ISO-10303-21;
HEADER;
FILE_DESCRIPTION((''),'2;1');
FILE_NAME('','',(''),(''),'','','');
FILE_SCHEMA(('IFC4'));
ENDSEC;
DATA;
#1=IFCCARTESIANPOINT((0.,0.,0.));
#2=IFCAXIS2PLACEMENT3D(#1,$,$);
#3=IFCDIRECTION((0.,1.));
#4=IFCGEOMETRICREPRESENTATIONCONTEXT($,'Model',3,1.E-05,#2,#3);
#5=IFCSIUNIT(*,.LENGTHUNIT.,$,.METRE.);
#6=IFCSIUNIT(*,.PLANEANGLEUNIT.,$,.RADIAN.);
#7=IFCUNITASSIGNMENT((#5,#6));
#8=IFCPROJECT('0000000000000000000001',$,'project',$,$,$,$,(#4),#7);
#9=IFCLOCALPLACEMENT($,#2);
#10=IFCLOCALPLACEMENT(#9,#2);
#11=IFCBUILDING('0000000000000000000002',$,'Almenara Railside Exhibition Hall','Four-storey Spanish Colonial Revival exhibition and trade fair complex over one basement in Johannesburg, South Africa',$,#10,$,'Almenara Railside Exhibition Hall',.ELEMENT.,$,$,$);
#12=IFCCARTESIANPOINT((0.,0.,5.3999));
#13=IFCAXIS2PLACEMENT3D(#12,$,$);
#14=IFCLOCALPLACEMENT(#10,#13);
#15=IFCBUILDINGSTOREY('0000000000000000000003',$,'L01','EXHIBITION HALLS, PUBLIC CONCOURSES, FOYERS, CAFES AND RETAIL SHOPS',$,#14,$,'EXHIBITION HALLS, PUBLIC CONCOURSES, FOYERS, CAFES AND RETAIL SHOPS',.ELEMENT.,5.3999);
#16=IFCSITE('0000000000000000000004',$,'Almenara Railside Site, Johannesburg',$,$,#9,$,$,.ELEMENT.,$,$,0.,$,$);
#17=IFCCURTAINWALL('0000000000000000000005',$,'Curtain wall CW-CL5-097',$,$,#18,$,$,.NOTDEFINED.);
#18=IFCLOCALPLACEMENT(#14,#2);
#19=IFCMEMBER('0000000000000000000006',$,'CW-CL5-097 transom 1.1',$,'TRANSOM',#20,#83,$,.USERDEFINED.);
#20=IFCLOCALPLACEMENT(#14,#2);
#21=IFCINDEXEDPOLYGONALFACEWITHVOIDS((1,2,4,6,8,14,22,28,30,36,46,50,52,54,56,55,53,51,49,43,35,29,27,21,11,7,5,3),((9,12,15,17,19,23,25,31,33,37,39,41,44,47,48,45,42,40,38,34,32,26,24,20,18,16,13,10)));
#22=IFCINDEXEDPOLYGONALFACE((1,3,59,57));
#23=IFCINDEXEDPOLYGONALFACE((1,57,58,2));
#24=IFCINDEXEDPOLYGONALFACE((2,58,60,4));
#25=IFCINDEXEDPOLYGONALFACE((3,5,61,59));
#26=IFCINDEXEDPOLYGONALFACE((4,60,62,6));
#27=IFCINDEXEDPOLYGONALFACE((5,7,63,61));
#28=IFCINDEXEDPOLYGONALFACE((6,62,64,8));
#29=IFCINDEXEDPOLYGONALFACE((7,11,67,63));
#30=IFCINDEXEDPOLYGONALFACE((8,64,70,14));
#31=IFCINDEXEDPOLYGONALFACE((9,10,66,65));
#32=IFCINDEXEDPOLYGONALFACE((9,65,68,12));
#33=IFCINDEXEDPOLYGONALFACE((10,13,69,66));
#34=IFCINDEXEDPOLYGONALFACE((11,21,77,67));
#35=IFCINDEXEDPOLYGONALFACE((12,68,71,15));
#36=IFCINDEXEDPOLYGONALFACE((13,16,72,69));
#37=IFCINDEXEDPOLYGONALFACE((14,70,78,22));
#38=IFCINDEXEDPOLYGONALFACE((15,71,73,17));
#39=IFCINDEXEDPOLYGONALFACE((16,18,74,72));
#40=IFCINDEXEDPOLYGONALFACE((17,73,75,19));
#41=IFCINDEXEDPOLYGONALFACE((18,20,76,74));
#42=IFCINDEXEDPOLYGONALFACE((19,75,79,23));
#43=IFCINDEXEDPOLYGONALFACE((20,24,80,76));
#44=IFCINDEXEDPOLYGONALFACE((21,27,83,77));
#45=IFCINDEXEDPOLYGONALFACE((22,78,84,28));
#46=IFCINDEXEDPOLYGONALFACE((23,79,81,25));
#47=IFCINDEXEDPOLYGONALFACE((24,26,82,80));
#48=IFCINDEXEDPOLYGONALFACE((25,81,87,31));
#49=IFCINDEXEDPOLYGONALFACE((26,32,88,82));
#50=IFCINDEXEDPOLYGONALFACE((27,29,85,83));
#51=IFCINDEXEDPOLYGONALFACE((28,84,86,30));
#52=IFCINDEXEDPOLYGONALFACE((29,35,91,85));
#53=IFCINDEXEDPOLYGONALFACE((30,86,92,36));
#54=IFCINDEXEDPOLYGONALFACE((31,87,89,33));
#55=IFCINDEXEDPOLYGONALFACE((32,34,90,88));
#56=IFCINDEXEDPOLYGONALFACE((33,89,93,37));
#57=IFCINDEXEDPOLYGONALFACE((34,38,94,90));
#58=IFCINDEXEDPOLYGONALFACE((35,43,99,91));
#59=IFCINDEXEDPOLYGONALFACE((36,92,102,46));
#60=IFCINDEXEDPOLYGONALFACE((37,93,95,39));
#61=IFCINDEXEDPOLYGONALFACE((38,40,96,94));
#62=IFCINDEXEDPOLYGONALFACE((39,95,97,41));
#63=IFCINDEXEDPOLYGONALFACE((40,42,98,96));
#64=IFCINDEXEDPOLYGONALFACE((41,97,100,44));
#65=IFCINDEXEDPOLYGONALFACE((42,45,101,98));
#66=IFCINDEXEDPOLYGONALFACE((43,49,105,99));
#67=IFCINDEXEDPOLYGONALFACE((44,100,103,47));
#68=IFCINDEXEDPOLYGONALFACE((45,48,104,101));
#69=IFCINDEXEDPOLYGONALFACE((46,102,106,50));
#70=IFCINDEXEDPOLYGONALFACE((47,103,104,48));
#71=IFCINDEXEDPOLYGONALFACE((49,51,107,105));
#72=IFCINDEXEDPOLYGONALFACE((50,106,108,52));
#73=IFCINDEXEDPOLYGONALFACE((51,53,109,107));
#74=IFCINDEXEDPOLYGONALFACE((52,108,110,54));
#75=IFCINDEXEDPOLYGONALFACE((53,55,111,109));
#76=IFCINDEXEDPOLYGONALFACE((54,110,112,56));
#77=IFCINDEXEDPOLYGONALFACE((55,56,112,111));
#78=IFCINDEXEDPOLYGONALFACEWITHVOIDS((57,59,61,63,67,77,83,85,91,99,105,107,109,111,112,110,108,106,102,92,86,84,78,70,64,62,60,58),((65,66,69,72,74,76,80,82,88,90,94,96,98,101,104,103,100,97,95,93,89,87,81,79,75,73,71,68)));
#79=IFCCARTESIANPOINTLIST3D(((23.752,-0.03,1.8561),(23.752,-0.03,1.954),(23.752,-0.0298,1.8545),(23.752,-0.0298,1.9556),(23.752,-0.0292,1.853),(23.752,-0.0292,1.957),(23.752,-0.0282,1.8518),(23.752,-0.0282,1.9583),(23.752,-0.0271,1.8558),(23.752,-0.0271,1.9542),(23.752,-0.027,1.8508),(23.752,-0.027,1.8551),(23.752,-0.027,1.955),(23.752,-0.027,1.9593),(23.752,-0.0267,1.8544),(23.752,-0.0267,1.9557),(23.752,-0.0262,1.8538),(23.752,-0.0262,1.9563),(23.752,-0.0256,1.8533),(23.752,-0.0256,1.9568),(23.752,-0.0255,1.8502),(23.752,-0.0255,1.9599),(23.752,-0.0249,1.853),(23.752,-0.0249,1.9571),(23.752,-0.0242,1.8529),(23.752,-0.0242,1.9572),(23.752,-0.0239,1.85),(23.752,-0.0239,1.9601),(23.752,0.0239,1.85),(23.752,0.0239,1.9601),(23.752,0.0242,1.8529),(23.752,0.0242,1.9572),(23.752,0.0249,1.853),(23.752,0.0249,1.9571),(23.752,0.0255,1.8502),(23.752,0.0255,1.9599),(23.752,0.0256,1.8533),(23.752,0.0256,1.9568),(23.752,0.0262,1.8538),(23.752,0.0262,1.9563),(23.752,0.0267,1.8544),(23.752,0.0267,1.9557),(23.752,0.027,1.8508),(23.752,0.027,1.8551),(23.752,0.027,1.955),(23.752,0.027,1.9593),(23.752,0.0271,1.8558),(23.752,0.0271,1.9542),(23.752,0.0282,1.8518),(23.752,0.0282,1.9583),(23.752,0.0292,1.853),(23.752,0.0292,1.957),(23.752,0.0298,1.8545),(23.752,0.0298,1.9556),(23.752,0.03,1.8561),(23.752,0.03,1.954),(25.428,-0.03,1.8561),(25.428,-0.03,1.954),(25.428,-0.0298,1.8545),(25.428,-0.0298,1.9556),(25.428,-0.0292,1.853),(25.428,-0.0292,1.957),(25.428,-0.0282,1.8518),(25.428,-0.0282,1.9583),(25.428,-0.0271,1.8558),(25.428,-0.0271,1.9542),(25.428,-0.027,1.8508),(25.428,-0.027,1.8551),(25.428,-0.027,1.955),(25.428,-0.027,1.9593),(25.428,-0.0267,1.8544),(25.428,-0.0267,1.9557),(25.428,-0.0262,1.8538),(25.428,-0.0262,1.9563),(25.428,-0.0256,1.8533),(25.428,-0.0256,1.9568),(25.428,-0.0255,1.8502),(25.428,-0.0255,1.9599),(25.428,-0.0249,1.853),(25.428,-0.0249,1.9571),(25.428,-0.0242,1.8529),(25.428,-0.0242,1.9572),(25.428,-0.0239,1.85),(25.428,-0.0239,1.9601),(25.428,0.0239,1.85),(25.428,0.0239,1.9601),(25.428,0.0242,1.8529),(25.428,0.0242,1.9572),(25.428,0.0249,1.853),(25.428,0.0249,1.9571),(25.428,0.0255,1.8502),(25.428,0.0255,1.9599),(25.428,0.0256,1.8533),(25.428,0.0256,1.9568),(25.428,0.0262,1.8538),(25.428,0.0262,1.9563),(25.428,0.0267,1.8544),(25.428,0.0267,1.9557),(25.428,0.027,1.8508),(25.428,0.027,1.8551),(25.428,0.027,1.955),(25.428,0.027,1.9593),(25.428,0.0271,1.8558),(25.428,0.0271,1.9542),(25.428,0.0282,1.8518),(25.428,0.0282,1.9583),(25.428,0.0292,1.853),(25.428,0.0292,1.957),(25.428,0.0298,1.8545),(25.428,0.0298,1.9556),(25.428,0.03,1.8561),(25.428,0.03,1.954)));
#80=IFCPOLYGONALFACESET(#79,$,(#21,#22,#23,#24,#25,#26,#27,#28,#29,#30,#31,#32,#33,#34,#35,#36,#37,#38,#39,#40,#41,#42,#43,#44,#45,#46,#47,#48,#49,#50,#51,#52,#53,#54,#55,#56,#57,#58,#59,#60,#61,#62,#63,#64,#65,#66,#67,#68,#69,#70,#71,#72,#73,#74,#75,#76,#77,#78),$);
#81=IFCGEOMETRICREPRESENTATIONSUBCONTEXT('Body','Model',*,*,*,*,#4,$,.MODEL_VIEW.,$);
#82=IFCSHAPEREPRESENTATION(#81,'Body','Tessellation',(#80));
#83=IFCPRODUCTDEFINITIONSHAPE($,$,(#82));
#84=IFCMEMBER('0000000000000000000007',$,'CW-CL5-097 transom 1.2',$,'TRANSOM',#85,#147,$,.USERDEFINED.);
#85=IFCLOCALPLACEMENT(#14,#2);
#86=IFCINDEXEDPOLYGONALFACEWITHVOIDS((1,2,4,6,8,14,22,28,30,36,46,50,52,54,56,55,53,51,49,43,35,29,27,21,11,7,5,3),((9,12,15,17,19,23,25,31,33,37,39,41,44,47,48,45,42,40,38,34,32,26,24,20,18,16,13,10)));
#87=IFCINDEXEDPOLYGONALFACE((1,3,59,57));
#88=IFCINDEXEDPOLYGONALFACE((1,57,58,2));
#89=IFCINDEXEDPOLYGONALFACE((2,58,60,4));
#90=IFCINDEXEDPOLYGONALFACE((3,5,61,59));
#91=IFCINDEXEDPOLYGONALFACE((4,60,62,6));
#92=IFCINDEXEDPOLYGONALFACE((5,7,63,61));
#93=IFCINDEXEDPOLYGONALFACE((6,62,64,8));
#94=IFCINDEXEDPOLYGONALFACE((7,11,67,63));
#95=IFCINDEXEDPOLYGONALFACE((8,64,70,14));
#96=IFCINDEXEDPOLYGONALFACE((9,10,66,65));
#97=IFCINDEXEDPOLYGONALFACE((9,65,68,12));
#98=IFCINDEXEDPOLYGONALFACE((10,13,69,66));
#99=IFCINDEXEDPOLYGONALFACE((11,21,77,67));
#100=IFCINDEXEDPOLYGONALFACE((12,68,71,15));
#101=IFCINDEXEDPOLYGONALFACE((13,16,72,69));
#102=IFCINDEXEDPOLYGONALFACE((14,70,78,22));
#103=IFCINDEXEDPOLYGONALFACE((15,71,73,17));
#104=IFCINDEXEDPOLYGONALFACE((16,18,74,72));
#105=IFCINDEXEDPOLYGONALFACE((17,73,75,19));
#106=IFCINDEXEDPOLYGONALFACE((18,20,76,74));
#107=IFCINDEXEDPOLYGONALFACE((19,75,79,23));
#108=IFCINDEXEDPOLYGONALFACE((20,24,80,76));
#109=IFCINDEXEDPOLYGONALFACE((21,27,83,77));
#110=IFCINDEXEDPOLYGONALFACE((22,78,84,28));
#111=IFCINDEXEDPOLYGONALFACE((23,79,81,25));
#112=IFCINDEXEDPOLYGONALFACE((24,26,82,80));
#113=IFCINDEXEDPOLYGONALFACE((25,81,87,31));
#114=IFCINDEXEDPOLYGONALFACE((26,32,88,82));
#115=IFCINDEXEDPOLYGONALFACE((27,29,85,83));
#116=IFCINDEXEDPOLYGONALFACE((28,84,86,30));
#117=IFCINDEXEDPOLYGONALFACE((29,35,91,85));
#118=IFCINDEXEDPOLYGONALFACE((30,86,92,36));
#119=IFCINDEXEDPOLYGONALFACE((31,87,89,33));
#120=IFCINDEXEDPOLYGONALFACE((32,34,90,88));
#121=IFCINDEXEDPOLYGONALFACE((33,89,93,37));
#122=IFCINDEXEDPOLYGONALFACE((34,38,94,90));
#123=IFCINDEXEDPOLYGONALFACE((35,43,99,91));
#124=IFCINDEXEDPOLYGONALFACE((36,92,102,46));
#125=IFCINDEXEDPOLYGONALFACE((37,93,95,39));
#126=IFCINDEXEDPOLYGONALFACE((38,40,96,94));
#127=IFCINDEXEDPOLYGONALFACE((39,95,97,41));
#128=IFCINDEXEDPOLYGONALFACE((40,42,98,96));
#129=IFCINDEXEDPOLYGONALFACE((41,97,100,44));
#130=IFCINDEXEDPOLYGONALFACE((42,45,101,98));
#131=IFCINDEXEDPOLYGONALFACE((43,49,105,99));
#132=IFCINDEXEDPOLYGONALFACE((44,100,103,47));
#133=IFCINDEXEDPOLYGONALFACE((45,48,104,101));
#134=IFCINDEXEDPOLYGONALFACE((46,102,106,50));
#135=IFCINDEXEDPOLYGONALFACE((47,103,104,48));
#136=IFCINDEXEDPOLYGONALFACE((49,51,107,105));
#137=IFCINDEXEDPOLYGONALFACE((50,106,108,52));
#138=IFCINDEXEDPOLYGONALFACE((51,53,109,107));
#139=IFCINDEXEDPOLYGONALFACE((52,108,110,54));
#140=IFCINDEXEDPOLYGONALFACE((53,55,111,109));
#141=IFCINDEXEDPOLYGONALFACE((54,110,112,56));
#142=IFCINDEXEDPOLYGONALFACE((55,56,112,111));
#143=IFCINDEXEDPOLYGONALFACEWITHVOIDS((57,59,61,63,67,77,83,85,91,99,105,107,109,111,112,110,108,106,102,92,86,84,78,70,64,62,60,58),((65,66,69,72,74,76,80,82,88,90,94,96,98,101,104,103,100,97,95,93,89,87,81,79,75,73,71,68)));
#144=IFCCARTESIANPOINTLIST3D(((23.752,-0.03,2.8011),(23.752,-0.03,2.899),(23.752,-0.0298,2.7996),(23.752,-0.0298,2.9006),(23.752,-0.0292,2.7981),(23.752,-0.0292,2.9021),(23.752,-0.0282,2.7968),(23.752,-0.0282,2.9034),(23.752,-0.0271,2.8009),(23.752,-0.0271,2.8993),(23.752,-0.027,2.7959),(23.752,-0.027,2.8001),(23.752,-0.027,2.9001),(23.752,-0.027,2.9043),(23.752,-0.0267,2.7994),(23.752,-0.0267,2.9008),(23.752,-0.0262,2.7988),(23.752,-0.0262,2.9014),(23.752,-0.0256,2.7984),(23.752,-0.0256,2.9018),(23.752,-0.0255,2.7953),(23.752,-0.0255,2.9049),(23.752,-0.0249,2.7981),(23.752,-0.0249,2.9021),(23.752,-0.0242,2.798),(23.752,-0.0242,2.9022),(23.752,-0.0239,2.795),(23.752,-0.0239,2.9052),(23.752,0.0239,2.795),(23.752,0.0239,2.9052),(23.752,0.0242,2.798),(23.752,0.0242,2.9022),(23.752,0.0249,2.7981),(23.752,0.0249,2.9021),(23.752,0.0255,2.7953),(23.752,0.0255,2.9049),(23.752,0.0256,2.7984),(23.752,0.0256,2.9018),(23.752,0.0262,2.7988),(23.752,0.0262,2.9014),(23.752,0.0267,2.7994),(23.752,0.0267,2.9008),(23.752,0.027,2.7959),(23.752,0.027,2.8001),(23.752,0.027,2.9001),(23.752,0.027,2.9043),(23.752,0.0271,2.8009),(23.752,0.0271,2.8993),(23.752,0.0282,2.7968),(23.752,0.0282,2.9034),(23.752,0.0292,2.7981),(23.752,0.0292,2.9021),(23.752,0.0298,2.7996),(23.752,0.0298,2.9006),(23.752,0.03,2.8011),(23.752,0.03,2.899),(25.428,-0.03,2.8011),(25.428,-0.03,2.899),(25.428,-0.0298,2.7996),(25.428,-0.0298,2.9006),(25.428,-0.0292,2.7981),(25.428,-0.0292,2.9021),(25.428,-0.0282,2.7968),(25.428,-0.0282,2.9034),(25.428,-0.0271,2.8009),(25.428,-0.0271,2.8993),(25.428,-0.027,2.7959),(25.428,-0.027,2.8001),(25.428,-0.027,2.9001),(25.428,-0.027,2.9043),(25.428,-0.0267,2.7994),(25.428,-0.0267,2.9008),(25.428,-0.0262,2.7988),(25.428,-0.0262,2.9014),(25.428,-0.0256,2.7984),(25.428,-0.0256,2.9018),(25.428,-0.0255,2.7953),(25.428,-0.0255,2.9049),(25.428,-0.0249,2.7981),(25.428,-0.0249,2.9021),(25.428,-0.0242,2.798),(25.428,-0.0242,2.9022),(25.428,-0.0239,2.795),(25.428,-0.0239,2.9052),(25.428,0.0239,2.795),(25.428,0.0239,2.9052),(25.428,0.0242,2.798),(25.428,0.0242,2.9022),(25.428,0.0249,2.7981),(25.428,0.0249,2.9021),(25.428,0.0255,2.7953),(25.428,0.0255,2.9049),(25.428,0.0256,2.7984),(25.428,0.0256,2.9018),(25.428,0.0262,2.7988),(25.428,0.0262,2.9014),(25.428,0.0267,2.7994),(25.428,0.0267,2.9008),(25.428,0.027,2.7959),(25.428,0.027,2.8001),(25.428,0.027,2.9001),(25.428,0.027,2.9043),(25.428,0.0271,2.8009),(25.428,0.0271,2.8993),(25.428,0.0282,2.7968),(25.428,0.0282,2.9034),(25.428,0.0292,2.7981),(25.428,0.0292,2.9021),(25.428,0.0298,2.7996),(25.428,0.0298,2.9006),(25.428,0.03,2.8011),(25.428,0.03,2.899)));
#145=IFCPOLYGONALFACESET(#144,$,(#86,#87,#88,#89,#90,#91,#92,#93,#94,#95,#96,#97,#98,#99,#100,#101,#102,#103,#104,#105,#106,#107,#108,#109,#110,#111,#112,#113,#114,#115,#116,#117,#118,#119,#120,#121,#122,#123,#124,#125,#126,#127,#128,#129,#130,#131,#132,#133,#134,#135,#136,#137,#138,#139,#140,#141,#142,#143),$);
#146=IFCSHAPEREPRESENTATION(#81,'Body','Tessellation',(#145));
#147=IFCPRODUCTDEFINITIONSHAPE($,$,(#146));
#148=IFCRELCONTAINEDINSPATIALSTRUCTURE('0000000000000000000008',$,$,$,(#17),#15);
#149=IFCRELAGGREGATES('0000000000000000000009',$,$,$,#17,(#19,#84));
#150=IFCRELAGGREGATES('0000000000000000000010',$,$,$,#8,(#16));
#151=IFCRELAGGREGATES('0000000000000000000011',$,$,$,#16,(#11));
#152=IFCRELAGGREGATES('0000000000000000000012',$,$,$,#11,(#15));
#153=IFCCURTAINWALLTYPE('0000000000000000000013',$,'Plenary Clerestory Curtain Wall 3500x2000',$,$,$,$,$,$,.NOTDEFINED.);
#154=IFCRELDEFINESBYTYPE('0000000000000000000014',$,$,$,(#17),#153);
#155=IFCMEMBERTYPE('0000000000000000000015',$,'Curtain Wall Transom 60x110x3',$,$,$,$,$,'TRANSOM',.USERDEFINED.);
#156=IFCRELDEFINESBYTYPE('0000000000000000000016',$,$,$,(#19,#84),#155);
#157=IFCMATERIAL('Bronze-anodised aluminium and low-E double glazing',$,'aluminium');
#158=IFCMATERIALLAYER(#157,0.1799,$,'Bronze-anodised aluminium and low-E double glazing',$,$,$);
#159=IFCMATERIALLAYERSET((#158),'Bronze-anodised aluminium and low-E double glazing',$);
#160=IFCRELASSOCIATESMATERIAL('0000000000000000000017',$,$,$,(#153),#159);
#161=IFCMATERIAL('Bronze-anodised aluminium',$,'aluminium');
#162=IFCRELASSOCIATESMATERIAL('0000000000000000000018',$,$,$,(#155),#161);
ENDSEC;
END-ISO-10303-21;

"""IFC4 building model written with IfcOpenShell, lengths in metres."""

from ifc_helpers import new_model, si_unit, direction, frame, origin, origin_2d, place, context, subcontext, project, spatial, hollow_rectangle, extrude, material, layer, layer_set, material_profile, profile_set, type_object, element, aggregate, save


model = new_model("IFC4")

# Units and contexts
model_context = context("Model", 3, precision=1e-05, world=origin(), true_north=direction((0.0, 1.0)))
body_context = subcontext(model_context, "Body", "Model", "MODEL_VIEW")
ifc_project = project(units=[si_unit("LENGTHUNIT", "METRE"), si_unit("PLANEANGLEUNIT", "RADIAN")], contexts=[model_context])

# Site, building, storey
site_placement = place(None, origin())
site = spatial("IfcSite", under=ifc_project, at=site_placement, Name="Almenara Railside Site, Johannesburg", CompositionType="ELEMENT", RefElevation=0.0)
building_placement = place(site_placement, origin())
building = spatial("IfcBuilding", under=site, at=building_placement, Name="Almenara Railside Exhibition Hall", Description="Four-storey Spanish Colonial Revival exhibition and trade fair complex over one basement in Johannesburg, South Africa", LongName="Almenara Railside Exhibition Hall", CompositionType="ELEMENT")
storey_placement = place(building_placement, frame((0.0, 0.0, 5.3999)))
storey = spatial("IfcBuildingStorey", under=building, at=storey_placement, Name="L01", Description="EXHIBITION HALLS, PUBLIC CONCOURSES, FOYERS, CAFES AND RETAIL SHOPS", LongName="EXHIBITION HALLS, PUBLIC CONCOURSES, FOYERS, CAFES AND RETAIL SHOPS", CompositionType="ELEMENT", Elevation=5.3999)

# Curtain wall
ifc_material_1 = material(Name="Bronze-anodised aluminium and low-E double glazing", Category="aluminium")
ifc_material_2 = material(Name="Bronze-anodised aluminium", Category="aluminium")
ifc_layer_1 = layer(ifc_material_1, 0.1799, Name="Bronze-anodised aluminium and low-E double glazing")
ifc_layer_set_1 = layer_set([ifc_layer_1], Name="Bronze-anodised aluminium and low-E double glazing")
curtain_wall_type_1 = type_object("IfcCurtainWallType", Name="Plenary Clerestory Curtain Wall 3500x2000", PredefinedType="NOTDEFINED", material=ifc_layer_set_1)
curtain_wall_1_placement = place(storey_placement, origin())
curtain_wall_1 = element("IfcCurtainWall", 1, at=curtain_wall_1_placement, inside=storey, type_object=curtain_wall_type_1, Name="Curtain wall CW-CL5-097", PredefinedType="NOTDEFINED")

# Members
ifc_material_profile_1 = material_profile(ifc_material_2, hollow_rectangle(XDim=0.0601, YDim=0.1101, WallThickness=0.0029, InnerFilletRadius=0.0029, OuterFilletRadius=0.0061, at=origin_2d()), Name="ALU-TRN 60x110x3")
ifc_profile_set_1 = profile_set([ifc_material_profile_1], Name="Bronze-anodised aluminium")
member_type_1 = type_object("IfcMemberType", Name="Curtain Wall Transom 60x110x3", ElementType="TRANSOM", PredefinedType="USERDEFINED", material=ifc_profile_set_1)
member_1_placement = place(storey_placement, frame((23.752, 0.0, 1.905), z_axis=(1.0, 0.0, 0.0), x_axis=(0.0, 1.0, 0.0)))
member_1 = element("IfcMember", 2, at=member_1_placement, type_object=member_type_1, Name="CW-CL5-097 transom 1.1", ObjectType="TRANSOM", PredefinedType="USERDEFINED", context=body_context, shape_type="SweptSolid", body=[
    extrude(hollow_rectangle(XDim=0.0601, YDim=0.1101, WallThickness=0.0029, InnerFilletRadius=0.0029, OuterFilletRadius=0.0061, at=origin_2d()), origin(), (0.0, 0.0, 1.0), 1.676),
])
member_2_placement = place(storey_placement, frame((23.752, 0.0, 2.8501), z_axis=(1.0, 0.0, 0.0), x_axis=(0.0, 1.0, 0.0)))
member_2 = element("IfcMember", 3, at=member_2_placement, type_object=member_type_1, Name="CW-CL5-097 transom 1.2", ObjectType="TRANSOM", PredefinedType="USERDEFINED", context=body_context, shape_type="SweptSolid", body=[
    extrude(hollow_rectangle(XDim=0.0601, YDim=0.1101, WallThickness=0.0029, InnerFilletRadius=0.0029, OuterFilletRadius=0.0061, at=origin_2d()), origin(), (0.0, 0.0, 1.0), 1.676),
])
aggregate(curtain_wall_1, [member_1, member_2])

save(model, "model.ifc")
